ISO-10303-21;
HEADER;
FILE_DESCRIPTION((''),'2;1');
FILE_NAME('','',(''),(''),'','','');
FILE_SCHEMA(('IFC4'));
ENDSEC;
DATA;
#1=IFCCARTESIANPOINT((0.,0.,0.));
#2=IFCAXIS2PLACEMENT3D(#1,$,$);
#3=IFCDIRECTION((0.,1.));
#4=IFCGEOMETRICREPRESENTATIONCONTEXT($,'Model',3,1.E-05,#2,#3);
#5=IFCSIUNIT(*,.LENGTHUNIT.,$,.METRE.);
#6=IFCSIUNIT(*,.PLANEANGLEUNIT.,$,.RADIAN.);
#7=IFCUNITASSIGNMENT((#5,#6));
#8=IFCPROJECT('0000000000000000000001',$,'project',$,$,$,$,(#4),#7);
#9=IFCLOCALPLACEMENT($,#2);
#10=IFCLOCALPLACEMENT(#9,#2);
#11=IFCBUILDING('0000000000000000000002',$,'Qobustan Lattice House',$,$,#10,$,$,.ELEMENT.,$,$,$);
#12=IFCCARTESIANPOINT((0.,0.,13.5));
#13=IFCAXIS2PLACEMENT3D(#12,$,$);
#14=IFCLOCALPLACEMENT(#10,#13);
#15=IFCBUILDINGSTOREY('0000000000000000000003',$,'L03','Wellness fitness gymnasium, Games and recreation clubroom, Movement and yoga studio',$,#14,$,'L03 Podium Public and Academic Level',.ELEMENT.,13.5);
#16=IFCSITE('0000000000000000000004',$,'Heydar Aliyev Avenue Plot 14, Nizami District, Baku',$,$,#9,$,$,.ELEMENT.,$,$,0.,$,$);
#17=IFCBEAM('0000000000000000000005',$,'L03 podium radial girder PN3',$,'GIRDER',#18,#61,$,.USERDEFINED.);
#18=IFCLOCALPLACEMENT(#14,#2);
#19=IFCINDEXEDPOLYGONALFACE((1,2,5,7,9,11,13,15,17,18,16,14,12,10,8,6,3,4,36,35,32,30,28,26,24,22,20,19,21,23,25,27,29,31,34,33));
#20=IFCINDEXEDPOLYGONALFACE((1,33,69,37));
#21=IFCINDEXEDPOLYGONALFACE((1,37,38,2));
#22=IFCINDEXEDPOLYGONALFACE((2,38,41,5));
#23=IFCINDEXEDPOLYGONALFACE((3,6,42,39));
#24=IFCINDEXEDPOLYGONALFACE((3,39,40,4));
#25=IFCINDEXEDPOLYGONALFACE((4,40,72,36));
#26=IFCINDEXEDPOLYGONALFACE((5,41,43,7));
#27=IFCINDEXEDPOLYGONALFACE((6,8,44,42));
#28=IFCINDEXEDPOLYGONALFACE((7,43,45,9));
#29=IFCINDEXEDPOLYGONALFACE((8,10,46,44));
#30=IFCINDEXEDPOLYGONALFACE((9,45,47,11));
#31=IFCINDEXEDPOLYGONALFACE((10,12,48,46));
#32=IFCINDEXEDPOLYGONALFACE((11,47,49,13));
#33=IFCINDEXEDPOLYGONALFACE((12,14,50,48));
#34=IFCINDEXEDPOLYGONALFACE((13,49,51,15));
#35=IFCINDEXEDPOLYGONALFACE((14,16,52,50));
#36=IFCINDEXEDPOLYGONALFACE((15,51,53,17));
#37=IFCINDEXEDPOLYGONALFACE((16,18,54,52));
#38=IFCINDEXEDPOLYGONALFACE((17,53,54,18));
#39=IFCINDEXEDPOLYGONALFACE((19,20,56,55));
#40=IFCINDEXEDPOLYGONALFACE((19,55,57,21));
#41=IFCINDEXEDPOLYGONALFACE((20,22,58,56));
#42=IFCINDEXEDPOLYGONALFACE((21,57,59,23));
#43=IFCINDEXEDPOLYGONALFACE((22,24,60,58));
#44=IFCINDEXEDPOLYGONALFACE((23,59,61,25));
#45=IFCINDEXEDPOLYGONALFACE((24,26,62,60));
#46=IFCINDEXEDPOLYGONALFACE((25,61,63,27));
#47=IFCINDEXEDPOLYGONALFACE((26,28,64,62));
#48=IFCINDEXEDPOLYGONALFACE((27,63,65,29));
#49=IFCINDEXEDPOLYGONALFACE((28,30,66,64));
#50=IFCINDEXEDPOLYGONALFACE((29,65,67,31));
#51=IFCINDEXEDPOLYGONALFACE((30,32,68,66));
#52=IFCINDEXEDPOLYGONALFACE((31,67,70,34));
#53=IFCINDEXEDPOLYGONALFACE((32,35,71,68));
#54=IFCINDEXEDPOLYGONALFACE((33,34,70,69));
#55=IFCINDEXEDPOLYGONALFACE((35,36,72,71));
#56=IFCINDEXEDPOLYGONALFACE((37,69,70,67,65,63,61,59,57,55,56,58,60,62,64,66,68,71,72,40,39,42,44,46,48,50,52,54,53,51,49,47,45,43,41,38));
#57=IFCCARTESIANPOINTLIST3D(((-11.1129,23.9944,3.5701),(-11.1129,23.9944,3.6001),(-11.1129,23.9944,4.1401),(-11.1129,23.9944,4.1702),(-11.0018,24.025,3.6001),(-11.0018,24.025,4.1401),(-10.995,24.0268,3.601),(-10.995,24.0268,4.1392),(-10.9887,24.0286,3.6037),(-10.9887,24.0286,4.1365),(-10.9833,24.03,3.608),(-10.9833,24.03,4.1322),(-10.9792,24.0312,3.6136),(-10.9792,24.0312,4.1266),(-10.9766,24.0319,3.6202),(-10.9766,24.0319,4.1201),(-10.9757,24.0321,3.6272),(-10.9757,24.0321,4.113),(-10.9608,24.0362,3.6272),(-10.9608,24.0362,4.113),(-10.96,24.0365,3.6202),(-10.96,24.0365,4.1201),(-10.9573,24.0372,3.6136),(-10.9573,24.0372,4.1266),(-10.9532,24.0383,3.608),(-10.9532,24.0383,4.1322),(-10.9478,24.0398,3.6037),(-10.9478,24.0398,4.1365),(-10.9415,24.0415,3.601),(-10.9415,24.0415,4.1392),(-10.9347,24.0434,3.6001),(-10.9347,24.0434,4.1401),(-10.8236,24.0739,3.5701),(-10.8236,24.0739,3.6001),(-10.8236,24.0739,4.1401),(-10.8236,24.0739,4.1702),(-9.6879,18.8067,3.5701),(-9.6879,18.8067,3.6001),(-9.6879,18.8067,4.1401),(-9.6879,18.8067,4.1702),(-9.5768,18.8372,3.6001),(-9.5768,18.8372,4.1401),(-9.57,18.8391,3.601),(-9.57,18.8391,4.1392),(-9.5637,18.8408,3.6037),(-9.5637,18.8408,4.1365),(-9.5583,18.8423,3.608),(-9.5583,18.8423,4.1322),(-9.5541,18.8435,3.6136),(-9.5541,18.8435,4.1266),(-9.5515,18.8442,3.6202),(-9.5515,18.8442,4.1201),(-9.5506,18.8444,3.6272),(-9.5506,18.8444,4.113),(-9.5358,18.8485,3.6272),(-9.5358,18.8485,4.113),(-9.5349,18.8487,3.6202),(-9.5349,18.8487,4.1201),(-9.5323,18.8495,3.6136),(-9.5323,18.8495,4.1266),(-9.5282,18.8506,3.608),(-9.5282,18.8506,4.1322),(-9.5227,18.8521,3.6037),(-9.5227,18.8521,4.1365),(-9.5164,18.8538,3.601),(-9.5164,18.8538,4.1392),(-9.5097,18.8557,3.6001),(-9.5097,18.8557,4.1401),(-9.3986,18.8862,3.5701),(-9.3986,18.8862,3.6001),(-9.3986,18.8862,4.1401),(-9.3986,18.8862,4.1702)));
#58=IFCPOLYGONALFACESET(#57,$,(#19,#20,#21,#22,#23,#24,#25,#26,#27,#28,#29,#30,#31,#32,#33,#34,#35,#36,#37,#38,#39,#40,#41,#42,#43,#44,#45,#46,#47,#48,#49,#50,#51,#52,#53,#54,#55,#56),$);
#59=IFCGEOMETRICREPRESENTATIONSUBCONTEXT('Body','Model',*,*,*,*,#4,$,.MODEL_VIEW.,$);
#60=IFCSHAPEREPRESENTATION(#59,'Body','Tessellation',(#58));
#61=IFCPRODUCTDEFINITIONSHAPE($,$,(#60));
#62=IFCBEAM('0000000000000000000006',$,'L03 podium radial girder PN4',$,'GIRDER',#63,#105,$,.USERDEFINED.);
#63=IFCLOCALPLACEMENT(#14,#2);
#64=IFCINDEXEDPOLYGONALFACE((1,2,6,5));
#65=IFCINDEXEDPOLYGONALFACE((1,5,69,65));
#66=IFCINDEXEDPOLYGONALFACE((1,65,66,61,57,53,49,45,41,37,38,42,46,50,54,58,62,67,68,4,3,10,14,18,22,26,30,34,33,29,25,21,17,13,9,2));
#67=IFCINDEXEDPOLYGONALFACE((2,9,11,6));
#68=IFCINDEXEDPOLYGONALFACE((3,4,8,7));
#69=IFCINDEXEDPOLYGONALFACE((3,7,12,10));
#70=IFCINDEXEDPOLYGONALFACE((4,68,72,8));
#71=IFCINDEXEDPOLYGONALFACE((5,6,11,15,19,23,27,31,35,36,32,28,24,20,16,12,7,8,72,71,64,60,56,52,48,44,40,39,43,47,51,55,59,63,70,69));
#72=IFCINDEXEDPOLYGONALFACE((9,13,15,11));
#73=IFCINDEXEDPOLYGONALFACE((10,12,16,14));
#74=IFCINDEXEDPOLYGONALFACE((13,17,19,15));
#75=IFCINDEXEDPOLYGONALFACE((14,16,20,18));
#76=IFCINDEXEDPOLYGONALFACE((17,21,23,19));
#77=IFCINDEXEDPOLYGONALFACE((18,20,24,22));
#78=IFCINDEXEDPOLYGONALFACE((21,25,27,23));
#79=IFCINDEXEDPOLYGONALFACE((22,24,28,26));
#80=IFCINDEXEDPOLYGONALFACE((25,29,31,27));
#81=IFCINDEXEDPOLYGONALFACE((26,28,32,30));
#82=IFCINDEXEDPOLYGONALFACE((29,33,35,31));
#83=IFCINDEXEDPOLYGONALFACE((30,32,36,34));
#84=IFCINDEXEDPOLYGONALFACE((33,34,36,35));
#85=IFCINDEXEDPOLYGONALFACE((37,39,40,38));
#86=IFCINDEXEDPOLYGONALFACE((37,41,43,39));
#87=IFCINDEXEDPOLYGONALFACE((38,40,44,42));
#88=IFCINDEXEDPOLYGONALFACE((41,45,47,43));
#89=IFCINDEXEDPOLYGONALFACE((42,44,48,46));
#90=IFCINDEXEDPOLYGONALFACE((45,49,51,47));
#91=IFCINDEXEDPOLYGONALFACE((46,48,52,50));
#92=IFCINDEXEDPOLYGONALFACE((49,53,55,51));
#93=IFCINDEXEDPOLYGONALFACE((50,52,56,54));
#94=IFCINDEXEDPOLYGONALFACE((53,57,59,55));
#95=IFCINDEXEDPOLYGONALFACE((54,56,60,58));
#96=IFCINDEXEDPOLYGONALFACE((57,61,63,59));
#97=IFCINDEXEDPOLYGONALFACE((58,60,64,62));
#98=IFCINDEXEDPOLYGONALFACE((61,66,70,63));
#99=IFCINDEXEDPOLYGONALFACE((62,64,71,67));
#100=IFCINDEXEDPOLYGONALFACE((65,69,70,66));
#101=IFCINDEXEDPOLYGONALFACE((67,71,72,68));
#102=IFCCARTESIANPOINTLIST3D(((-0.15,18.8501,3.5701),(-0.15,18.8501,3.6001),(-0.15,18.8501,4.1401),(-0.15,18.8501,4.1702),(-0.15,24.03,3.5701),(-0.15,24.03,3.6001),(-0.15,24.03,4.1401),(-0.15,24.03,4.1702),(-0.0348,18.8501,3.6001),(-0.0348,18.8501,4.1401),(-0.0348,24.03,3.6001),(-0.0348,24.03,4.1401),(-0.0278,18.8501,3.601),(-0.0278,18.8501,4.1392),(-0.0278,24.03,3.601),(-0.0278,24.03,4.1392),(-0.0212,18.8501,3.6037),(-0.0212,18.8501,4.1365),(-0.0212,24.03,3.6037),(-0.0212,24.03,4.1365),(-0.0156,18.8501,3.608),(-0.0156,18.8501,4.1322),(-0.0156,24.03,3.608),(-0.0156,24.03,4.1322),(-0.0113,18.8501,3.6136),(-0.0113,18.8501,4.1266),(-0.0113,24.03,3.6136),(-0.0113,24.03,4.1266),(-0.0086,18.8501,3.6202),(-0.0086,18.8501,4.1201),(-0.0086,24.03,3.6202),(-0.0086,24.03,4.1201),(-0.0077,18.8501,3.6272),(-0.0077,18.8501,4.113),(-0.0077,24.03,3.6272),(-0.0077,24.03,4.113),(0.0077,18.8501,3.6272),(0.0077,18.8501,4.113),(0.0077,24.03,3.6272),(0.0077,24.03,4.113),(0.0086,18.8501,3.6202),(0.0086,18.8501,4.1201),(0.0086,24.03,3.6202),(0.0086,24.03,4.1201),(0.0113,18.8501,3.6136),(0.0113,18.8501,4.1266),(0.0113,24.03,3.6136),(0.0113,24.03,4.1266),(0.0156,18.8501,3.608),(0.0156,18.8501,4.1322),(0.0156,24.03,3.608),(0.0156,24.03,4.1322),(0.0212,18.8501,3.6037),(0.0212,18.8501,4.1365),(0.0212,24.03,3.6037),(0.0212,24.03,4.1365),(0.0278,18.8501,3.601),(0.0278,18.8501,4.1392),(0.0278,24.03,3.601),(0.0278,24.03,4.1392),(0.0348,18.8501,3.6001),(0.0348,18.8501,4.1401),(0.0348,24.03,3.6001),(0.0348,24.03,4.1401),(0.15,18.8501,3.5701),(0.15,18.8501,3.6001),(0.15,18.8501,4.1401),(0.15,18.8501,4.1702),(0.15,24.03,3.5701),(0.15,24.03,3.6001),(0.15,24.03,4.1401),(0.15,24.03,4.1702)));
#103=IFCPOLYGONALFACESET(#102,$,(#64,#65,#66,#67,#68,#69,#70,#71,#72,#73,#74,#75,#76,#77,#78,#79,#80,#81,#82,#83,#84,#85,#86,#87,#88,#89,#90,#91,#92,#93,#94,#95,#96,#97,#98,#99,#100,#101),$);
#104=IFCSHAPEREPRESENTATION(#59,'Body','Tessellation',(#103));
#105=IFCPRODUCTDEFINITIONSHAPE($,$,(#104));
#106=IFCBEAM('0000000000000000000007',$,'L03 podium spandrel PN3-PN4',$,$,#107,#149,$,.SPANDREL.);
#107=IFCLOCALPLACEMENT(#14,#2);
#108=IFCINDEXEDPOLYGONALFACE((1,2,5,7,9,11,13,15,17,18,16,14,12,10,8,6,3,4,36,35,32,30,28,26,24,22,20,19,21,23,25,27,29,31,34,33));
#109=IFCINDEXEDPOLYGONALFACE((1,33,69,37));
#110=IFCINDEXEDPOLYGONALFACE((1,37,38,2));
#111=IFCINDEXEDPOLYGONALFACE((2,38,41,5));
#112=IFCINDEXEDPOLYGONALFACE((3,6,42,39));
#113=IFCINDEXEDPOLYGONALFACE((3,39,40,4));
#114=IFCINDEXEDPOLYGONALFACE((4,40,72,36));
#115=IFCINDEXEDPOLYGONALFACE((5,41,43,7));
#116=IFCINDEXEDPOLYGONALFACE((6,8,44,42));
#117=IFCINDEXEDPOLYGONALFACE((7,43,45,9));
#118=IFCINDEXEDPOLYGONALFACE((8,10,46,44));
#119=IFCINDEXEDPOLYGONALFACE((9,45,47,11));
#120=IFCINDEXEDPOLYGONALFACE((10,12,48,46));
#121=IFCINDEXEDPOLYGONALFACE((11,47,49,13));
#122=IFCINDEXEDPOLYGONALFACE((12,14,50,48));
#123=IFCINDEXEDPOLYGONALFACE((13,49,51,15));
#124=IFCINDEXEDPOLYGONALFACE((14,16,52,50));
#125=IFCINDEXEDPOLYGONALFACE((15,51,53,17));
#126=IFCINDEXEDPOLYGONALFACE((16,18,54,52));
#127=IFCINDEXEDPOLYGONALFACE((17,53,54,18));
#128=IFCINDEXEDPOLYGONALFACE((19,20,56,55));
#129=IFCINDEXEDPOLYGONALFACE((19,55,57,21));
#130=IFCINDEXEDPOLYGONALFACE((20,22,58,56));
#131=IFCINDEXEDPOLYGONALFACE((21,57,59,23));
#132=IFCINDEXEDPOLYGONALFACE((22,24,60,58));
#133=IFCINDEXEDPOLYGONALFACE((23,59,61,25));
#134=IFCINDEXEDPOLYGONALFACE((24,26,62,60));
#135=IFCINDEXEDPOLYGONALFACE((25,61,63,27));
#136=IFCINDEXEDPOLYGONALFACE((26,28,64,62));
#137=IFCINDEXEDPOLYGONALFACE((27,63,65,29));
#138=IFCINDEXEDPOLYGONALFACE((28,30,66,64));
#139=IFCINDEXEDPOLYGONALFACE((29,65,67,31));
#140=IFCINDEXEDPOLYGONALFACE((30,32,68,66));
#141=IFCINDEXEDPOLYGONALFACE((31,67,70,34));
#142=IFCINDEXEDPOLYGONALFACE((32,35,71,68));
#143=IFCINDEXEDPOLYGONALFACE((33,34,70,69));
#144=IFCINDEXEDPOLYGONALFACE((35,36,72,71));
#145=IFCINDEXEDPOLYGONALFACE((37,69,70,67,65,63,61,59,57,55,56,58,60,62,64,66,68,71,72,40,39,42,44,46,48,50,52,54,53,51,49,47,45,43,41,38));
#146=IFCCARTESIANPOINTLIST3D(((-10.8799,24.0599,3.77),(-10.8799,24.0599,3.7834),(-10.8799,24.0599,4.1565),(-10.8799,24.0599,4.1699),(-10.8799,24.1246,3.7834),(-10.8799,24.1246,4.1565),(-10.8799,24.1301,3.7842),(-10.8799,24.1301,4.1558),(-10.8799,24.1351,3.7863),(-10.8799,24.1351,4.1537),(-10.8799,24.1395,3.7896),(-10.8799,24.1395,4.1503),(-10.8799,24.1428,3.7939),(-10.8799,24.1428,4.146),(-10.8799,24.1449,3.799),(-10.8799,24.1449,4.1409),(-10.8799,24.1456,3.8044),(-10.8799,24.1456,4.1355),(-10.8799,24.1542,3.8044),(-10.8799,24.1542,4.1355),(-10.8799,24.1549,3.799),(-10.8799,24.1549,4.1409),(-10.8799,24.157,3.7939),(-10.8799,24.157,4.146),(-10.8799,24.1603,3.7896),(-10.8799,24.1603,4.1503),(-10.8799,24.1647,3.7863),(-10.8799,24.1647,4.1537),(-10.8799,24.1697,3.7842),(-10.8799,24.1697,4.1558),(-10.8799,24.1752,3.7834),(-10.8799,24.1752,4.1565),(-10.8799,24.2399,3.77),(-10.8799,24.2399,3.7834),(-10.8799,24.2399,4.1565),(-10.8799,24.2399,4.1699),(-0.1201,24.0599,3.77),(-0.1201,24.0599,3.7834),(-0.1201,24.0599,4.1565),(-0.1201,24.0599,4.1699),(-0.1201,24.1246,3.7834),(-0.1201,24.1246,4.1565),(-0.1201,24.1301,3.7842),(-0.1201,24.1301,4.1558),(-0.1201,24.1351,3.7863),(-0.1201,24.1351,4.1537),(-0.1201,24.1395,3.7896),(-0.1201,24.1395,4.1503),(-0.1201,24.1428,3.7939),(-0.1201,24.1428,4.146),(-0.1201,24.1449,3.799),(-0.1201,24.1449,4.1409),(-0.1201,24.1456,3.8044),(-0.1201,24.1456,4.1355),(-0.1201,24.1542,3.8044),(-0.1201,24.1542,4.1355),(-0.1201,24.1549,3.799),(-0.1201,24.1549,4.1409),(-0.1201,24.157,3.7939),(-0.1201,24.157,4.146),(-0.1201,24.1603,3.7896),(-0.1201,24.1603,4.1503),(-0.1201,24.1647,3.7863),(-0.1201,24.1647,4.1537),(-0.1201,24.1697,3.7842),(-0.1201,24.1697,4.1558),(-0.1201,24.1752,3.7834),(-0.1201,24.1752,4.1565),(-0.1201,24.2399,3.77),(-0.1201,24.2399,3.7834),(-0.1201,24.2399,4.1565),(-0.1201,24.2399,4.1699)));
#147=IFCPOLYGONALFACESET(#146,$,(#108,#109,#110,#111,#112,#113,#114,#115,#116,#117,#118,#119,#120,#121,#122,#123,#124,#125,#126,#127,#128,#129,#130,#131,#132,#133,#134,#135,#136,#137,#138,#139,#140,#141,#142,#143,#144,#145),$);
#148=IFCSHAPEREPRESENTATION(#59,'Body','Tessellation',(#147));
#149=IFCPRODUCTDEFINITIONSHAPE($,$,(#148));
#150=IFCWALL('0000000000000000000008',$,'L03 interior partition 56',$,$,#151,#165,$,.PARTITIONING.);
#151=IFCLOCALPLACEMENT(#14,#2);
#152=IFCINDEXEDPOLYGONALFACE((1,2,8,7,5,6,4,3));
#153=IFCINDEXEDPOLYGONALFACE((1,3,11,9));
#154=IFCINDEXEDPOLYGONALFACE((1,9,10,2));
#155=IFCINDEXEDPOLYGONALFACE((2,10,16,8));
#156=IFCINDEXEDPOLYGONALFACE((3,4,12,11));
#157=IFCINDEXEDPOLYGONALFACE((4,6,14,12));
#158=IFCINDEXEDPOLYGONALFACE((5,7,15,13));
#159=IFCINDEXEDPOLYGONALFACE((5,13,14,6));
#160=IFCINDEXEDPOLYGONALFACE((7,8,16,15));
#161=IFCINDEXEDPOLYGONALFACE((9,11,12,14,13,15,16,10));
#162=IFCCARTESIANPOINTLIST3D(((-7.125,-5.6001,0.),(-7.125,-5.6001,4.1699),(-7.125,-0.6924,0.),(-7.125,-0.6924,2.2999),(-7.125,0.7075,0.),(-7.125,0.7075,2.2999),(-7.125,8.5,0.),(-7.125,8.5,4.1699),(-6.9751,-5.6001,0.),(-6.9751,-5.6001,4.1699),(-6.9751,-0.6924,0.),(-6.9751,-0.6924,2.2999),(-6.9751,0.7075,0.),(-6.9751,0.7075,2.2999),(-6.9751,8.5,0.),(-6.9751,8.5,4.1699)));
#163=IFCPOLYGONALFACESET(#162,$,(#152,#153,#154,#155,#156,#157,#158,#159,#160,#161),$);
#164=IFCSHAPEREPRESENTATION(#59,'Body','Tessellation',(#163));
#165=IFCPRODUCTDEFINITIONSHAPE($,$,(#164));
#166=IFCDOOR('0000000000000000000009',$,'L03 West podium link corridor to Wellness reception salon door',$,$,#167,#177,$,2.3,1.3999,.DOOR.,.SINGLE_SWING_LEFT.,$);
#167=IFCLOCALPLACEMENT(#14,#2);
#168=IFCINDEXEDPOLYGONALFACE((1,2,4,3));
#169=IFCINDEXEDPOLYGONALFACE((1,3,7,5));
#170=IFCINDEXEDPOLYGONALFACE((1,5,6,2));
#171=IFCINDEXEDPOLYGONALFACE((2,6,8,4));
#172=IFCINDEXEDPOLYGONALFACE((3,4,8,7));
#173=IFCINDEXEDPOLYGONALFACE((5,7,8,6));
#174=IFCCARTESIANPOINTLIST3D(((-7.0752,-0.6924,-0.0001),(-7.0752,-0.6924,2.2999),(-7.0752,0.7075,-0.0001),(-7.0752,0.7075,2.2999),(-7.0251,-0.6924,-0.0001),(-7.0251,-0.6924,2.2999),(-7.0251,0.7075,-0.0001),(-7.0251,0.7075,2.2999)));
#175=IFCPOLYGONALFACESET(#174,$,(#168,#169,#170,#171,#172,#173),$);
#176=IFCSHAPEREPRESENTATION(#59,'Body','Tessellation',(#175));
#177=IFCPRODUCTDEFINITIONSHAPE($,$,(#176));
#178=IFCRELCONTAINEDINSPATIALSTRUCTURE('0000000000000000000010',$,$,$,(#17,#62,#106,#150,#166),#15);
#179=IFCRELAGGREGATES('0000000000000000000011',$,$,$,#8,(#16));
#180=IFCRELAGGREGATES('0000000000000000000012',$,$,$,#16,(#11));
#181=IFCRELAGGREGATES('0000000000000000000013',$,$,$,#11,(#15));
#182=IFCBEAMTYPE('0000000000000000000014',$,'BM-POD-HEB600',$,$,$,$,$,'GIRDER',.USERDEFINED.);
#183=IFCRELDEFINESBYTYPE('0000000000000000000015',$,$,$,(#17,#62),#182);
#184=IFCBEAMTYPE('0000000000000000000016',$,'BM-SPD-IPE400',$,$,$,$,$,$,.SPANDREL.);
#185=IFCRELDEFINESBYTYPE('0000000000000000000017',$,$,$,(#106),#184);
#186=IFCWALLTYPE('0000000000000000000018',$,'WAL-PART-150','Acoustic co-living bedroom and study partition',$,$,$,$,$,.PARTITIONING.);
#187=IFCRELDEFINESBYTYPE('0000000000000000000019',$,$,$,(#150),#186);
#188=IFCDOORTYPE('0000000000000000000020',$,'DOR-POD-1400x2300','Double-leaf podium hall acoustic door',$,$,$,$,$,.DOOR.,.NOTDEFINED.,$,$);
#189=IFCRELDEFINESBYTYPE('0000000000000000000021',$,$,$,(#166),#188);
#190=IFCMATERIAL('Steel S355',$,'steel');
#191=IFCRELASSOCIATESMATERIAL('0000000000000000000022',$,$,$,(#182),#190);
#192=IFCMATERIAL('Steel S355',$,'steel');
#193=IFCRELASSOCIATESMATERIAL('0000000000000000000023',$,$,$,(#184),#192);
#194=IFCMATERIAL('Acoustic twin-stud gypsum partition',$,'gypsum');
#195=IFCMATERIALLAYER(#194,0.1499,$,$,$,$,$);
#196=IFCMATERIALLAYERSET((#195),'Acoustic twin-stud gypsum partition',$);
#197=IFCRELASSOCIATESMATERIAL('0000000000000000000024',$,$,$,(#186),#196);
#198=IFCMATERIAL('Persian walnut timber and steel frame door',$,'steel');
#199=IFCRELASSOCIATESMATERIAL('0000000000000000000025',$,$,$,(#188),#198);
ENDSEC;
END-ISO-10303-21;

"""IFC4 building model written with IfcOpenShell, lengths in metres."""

from ifc_helpers import new_model, si_unit, direction, frame, frame_2d, origin, origin_2d, place, context, subcontext, project, spatial, rectangle, i_section, extrude, material, layer, layer_set, material_profile, profile_set, type_object, element, fill, save


model = new_model("IFC4")

# Units and contexts
model_context = context("Model", 3, precision=1e-05, world=origin(), true_north=direction((0.0, 1.0)))
body_context = subcontext(model_context, "Body", "Model", "MODEL_VIEW")
ifc_project = project(units=[si_unit("LENGTHUNIT", "METRE"), si_unit("PLANEANGLEUNIT", "RADIAN")], contexts=[model_context])

# Site, building, storey
site_placement = place(None, origin())
site = spatial("IfcSite", under=ifc_project, at=site_placement, Name="Heydar Aliyev Avenue Plot 14, Nizami District, Baku", CompositionType="ELEMENT", RefElevation=0.0)
building_placement = place(site_placement, origin())
building = spatial("IfcBuilding", under=site, at=building_placement, Name="Qobustan Lattice House", CompositionType="ELEMENT")
storey_placement = place(building_placement, frame((0.0, 0.0, 13.5)))
storey = spatial("IfcBuildingStorey", under=building, at=storey_placement, Name="L03", Description="Wellness fitness gymnasium, Games and recreation clubroom, Movement and yoga studio", LongName="L03 Podium Public and Academic Level", CompositionType="ELEMENT", Elevation=13.5)

# Beams
ifc_material_1 = material(Name="Steel S355", Category="steel")
ifc_material_profile_1 = material_profile(ifc_material_1, i_section(OverallWidth=0.3, OverallDepth=0.6001, WebThickness=0.0154, FlangeThickness=0.03, FilletRadius=0.0271, at=origin_2d()), Name="HEB600")
ifc_profile_set_1 = profile_set([ifc_material_profile_1], Name="Steel S355")
beam_type_1 = type_object("IfcBeamType", Name="BM-POD-HEB600", ElementType="GIRDER", PredefinedType="USERDEFINED", material=ifc_profile_set_1)
beam_1_placement = place(storey_placement, frame((-10.9683, 24.0342, 3.8701), z_axis=(0.264883, -0.96428, 0.0), x_axis=(0.96428, 0.264883, 0.0)))
element("IfcBeam", 1, at=beam_1_placement, inside=storey, type_object=beam_type_1, Name="L03 podium radial girder PN3", ObjectType="GIRDER", PredefinedType="USERDEFINED", context=body_context, shape_type="SweptSolid", body=[
    extrude(i_section(OverallWidth=0.3, OverallDepth=0.6001, WebThickness=0.0154, FlangeThickness=0.03, FilletRadius=0.0271, at=origin_2d()), origin(), (0.0, 0.0, 1.0), 5.3799),
])
beam_2_placement = place(storey_placement, frame((0.0, 24.03, 3.8701), z_axis=(0.0, -1.0, 0.0), x_axis=(1.0, 0.0, 0.0)))
element("IfcBeam", 2, at=beam_2_placement, inside=storey, type_object=beam_type_1, Name="L03 podium radial girder PN4", ObjectType="GIRDER", PredefinedType="USERDEFINED", context=body_context, shape_type="SweptSolid", body=[
    extrude(i_section(OverallWidth=0.3, OverallDepth=0.6001, WebThickness=0.0154, FlangeThickness=0.03, FilletRadius=0.0271, at=origin_2d()), origin(), (0.0, 0.0, 1.0), 5.1799),
])
ifc_material_2 = material(Name="Steel S355", Category="steel")
ifc_material_profile_2 = material_profile(ifc_material_2, i_section(OverallWidth=0.1799, OverallDepth=0.3999, WebThickness=0.0085, FlangeThickness=0.0134, FilletRadius=0.021, at=origin_2d()), Name="IPE400")
ifc_profile_set_2 = profile_set([ifc_material_profile_2], Name="Steel S355")
beam_type_2 = type_object("IfcBeamType", Name="BM-SPD-IPE400", PredefinedType="SPANDREL", material=ifc_profile_set_2)
beam_3_placement = place(storey_placement, frame((-10.8799, 24.1499, 3.97), z_axis=(1.0, 0.0, 0.0), x_axis=(0.0, 1.0, 0.0)))
element("IfcBeam", 3, at=beam_3_placement, inside=storey, type_object=beam_type_2, Name="L03 podium spandrel PN3-PN4", PredefinedType="SPANDREL", context=body_context, shape_type="SweptSolid", body=[
    extrude(i_section(OverallWidth=0.1799, OverallDepth=0.3999, WebThickness=0.0085, FlangeThickness=0.0134, FilletRadius=0.021, at=origin_2d()), origin(), (0.0, 0.0, 1.0), 10.7598),
])

# Wall, opening, door
ifc_material_3 = material(Name="Acoustic twin-stud gypsum partition", Category="gypsum")
ifc_layer_1 = layer(ifc_material_3, 0.1499)
ifc_layer_set_1 = layer_set([ifc_layer_1], Name="Acoustic twin-stud gypsum partition")
wall_type_1 = type_object("IfcWallType", Name="WAL-PART-150", Description="Acoustic co-living bedroom and study partition", PredefinedType="PARTITIONING", material=ifc_layer_set_1)
wall_1_placement = place(storey_placement, frame((-7.05, 8.5, 0.0), z_axis=(0.0, 0.0, 1.0), x_axis=(0.0, -1.0, 0.0)))
wall_1 = element("IfcWall", 4, at=wall_1_placement, inside=storey, type_object=wall_type_1, Name="L03 interior partition 56", PredefinedType="PARTITIONING", context=body_context, shape_type="SweptSolid", body=[
    extrude(rectangle(XDim=14.1001, YDim=0.1499, at=frame_2d((7.05, 0.0))), origin(), (0.0, 0.0, 1.0), 4.1699),
])
opening_1_placement = place(wall_1_placement, frame((7.7925, 0.0, 0.0)))
opening_1 = element("IfcOpeningElement", 5, at=opening_1_placement, cuts=wall_1, PredefinedType="OPENING", context=body_context, shape_type="SweptSolid", body=[
    extrude(rectangle(XDim=1.3999, YDim=2.3, at=frame_2d((0.7, 1.1499))), frame((0.0, 0.085, 0.0), z_axis=(0.0, -1.0, 0.0), x_axis=(1.0, 0.0, 0.0)), (0.0, 0.0, 1.0), 0.1699),
])
ifc_material_4 = material(Name="Persian walnut timber and steel frame door", Category="steel")
door_type_1 = type_object("IfcDoorType", Name="DOR-POD-1400x2300", Description="Double-leaf podium hall acoustic door", OperationType="NOTDEFINED", PredefinedType="DOOR", material=ifc_material_4)
door_1_placement = place(opening_1_placement, origin())
door_1 = element("IfcDoor", 6, at=door_1_placement, inside=storey, type_object=door_type_1, Name="L03 West podium link corridor to Wellness reception salon door", OperationType="SINGLE_SWING_LEFT", OverallHeight=2.3, OverallWidth=1.3999, PredefinedType="DOOR", context=body_context, shape_type="SweptSolid", body=[
    extrude(rectangle(XDim=1.3999, YDim=2.3, at=frame_2d((0.7, 1.1499))), frame((0.0, 0.0249, 0.0), z_axis=(0.0, -1.0, 0.0), x_axis=(1.0, 0.0, 0.0)), (0.0, 0.0, 1.0), 0.05),
])
fill(opening_1, door_1)

save(model, "model.ifc")
